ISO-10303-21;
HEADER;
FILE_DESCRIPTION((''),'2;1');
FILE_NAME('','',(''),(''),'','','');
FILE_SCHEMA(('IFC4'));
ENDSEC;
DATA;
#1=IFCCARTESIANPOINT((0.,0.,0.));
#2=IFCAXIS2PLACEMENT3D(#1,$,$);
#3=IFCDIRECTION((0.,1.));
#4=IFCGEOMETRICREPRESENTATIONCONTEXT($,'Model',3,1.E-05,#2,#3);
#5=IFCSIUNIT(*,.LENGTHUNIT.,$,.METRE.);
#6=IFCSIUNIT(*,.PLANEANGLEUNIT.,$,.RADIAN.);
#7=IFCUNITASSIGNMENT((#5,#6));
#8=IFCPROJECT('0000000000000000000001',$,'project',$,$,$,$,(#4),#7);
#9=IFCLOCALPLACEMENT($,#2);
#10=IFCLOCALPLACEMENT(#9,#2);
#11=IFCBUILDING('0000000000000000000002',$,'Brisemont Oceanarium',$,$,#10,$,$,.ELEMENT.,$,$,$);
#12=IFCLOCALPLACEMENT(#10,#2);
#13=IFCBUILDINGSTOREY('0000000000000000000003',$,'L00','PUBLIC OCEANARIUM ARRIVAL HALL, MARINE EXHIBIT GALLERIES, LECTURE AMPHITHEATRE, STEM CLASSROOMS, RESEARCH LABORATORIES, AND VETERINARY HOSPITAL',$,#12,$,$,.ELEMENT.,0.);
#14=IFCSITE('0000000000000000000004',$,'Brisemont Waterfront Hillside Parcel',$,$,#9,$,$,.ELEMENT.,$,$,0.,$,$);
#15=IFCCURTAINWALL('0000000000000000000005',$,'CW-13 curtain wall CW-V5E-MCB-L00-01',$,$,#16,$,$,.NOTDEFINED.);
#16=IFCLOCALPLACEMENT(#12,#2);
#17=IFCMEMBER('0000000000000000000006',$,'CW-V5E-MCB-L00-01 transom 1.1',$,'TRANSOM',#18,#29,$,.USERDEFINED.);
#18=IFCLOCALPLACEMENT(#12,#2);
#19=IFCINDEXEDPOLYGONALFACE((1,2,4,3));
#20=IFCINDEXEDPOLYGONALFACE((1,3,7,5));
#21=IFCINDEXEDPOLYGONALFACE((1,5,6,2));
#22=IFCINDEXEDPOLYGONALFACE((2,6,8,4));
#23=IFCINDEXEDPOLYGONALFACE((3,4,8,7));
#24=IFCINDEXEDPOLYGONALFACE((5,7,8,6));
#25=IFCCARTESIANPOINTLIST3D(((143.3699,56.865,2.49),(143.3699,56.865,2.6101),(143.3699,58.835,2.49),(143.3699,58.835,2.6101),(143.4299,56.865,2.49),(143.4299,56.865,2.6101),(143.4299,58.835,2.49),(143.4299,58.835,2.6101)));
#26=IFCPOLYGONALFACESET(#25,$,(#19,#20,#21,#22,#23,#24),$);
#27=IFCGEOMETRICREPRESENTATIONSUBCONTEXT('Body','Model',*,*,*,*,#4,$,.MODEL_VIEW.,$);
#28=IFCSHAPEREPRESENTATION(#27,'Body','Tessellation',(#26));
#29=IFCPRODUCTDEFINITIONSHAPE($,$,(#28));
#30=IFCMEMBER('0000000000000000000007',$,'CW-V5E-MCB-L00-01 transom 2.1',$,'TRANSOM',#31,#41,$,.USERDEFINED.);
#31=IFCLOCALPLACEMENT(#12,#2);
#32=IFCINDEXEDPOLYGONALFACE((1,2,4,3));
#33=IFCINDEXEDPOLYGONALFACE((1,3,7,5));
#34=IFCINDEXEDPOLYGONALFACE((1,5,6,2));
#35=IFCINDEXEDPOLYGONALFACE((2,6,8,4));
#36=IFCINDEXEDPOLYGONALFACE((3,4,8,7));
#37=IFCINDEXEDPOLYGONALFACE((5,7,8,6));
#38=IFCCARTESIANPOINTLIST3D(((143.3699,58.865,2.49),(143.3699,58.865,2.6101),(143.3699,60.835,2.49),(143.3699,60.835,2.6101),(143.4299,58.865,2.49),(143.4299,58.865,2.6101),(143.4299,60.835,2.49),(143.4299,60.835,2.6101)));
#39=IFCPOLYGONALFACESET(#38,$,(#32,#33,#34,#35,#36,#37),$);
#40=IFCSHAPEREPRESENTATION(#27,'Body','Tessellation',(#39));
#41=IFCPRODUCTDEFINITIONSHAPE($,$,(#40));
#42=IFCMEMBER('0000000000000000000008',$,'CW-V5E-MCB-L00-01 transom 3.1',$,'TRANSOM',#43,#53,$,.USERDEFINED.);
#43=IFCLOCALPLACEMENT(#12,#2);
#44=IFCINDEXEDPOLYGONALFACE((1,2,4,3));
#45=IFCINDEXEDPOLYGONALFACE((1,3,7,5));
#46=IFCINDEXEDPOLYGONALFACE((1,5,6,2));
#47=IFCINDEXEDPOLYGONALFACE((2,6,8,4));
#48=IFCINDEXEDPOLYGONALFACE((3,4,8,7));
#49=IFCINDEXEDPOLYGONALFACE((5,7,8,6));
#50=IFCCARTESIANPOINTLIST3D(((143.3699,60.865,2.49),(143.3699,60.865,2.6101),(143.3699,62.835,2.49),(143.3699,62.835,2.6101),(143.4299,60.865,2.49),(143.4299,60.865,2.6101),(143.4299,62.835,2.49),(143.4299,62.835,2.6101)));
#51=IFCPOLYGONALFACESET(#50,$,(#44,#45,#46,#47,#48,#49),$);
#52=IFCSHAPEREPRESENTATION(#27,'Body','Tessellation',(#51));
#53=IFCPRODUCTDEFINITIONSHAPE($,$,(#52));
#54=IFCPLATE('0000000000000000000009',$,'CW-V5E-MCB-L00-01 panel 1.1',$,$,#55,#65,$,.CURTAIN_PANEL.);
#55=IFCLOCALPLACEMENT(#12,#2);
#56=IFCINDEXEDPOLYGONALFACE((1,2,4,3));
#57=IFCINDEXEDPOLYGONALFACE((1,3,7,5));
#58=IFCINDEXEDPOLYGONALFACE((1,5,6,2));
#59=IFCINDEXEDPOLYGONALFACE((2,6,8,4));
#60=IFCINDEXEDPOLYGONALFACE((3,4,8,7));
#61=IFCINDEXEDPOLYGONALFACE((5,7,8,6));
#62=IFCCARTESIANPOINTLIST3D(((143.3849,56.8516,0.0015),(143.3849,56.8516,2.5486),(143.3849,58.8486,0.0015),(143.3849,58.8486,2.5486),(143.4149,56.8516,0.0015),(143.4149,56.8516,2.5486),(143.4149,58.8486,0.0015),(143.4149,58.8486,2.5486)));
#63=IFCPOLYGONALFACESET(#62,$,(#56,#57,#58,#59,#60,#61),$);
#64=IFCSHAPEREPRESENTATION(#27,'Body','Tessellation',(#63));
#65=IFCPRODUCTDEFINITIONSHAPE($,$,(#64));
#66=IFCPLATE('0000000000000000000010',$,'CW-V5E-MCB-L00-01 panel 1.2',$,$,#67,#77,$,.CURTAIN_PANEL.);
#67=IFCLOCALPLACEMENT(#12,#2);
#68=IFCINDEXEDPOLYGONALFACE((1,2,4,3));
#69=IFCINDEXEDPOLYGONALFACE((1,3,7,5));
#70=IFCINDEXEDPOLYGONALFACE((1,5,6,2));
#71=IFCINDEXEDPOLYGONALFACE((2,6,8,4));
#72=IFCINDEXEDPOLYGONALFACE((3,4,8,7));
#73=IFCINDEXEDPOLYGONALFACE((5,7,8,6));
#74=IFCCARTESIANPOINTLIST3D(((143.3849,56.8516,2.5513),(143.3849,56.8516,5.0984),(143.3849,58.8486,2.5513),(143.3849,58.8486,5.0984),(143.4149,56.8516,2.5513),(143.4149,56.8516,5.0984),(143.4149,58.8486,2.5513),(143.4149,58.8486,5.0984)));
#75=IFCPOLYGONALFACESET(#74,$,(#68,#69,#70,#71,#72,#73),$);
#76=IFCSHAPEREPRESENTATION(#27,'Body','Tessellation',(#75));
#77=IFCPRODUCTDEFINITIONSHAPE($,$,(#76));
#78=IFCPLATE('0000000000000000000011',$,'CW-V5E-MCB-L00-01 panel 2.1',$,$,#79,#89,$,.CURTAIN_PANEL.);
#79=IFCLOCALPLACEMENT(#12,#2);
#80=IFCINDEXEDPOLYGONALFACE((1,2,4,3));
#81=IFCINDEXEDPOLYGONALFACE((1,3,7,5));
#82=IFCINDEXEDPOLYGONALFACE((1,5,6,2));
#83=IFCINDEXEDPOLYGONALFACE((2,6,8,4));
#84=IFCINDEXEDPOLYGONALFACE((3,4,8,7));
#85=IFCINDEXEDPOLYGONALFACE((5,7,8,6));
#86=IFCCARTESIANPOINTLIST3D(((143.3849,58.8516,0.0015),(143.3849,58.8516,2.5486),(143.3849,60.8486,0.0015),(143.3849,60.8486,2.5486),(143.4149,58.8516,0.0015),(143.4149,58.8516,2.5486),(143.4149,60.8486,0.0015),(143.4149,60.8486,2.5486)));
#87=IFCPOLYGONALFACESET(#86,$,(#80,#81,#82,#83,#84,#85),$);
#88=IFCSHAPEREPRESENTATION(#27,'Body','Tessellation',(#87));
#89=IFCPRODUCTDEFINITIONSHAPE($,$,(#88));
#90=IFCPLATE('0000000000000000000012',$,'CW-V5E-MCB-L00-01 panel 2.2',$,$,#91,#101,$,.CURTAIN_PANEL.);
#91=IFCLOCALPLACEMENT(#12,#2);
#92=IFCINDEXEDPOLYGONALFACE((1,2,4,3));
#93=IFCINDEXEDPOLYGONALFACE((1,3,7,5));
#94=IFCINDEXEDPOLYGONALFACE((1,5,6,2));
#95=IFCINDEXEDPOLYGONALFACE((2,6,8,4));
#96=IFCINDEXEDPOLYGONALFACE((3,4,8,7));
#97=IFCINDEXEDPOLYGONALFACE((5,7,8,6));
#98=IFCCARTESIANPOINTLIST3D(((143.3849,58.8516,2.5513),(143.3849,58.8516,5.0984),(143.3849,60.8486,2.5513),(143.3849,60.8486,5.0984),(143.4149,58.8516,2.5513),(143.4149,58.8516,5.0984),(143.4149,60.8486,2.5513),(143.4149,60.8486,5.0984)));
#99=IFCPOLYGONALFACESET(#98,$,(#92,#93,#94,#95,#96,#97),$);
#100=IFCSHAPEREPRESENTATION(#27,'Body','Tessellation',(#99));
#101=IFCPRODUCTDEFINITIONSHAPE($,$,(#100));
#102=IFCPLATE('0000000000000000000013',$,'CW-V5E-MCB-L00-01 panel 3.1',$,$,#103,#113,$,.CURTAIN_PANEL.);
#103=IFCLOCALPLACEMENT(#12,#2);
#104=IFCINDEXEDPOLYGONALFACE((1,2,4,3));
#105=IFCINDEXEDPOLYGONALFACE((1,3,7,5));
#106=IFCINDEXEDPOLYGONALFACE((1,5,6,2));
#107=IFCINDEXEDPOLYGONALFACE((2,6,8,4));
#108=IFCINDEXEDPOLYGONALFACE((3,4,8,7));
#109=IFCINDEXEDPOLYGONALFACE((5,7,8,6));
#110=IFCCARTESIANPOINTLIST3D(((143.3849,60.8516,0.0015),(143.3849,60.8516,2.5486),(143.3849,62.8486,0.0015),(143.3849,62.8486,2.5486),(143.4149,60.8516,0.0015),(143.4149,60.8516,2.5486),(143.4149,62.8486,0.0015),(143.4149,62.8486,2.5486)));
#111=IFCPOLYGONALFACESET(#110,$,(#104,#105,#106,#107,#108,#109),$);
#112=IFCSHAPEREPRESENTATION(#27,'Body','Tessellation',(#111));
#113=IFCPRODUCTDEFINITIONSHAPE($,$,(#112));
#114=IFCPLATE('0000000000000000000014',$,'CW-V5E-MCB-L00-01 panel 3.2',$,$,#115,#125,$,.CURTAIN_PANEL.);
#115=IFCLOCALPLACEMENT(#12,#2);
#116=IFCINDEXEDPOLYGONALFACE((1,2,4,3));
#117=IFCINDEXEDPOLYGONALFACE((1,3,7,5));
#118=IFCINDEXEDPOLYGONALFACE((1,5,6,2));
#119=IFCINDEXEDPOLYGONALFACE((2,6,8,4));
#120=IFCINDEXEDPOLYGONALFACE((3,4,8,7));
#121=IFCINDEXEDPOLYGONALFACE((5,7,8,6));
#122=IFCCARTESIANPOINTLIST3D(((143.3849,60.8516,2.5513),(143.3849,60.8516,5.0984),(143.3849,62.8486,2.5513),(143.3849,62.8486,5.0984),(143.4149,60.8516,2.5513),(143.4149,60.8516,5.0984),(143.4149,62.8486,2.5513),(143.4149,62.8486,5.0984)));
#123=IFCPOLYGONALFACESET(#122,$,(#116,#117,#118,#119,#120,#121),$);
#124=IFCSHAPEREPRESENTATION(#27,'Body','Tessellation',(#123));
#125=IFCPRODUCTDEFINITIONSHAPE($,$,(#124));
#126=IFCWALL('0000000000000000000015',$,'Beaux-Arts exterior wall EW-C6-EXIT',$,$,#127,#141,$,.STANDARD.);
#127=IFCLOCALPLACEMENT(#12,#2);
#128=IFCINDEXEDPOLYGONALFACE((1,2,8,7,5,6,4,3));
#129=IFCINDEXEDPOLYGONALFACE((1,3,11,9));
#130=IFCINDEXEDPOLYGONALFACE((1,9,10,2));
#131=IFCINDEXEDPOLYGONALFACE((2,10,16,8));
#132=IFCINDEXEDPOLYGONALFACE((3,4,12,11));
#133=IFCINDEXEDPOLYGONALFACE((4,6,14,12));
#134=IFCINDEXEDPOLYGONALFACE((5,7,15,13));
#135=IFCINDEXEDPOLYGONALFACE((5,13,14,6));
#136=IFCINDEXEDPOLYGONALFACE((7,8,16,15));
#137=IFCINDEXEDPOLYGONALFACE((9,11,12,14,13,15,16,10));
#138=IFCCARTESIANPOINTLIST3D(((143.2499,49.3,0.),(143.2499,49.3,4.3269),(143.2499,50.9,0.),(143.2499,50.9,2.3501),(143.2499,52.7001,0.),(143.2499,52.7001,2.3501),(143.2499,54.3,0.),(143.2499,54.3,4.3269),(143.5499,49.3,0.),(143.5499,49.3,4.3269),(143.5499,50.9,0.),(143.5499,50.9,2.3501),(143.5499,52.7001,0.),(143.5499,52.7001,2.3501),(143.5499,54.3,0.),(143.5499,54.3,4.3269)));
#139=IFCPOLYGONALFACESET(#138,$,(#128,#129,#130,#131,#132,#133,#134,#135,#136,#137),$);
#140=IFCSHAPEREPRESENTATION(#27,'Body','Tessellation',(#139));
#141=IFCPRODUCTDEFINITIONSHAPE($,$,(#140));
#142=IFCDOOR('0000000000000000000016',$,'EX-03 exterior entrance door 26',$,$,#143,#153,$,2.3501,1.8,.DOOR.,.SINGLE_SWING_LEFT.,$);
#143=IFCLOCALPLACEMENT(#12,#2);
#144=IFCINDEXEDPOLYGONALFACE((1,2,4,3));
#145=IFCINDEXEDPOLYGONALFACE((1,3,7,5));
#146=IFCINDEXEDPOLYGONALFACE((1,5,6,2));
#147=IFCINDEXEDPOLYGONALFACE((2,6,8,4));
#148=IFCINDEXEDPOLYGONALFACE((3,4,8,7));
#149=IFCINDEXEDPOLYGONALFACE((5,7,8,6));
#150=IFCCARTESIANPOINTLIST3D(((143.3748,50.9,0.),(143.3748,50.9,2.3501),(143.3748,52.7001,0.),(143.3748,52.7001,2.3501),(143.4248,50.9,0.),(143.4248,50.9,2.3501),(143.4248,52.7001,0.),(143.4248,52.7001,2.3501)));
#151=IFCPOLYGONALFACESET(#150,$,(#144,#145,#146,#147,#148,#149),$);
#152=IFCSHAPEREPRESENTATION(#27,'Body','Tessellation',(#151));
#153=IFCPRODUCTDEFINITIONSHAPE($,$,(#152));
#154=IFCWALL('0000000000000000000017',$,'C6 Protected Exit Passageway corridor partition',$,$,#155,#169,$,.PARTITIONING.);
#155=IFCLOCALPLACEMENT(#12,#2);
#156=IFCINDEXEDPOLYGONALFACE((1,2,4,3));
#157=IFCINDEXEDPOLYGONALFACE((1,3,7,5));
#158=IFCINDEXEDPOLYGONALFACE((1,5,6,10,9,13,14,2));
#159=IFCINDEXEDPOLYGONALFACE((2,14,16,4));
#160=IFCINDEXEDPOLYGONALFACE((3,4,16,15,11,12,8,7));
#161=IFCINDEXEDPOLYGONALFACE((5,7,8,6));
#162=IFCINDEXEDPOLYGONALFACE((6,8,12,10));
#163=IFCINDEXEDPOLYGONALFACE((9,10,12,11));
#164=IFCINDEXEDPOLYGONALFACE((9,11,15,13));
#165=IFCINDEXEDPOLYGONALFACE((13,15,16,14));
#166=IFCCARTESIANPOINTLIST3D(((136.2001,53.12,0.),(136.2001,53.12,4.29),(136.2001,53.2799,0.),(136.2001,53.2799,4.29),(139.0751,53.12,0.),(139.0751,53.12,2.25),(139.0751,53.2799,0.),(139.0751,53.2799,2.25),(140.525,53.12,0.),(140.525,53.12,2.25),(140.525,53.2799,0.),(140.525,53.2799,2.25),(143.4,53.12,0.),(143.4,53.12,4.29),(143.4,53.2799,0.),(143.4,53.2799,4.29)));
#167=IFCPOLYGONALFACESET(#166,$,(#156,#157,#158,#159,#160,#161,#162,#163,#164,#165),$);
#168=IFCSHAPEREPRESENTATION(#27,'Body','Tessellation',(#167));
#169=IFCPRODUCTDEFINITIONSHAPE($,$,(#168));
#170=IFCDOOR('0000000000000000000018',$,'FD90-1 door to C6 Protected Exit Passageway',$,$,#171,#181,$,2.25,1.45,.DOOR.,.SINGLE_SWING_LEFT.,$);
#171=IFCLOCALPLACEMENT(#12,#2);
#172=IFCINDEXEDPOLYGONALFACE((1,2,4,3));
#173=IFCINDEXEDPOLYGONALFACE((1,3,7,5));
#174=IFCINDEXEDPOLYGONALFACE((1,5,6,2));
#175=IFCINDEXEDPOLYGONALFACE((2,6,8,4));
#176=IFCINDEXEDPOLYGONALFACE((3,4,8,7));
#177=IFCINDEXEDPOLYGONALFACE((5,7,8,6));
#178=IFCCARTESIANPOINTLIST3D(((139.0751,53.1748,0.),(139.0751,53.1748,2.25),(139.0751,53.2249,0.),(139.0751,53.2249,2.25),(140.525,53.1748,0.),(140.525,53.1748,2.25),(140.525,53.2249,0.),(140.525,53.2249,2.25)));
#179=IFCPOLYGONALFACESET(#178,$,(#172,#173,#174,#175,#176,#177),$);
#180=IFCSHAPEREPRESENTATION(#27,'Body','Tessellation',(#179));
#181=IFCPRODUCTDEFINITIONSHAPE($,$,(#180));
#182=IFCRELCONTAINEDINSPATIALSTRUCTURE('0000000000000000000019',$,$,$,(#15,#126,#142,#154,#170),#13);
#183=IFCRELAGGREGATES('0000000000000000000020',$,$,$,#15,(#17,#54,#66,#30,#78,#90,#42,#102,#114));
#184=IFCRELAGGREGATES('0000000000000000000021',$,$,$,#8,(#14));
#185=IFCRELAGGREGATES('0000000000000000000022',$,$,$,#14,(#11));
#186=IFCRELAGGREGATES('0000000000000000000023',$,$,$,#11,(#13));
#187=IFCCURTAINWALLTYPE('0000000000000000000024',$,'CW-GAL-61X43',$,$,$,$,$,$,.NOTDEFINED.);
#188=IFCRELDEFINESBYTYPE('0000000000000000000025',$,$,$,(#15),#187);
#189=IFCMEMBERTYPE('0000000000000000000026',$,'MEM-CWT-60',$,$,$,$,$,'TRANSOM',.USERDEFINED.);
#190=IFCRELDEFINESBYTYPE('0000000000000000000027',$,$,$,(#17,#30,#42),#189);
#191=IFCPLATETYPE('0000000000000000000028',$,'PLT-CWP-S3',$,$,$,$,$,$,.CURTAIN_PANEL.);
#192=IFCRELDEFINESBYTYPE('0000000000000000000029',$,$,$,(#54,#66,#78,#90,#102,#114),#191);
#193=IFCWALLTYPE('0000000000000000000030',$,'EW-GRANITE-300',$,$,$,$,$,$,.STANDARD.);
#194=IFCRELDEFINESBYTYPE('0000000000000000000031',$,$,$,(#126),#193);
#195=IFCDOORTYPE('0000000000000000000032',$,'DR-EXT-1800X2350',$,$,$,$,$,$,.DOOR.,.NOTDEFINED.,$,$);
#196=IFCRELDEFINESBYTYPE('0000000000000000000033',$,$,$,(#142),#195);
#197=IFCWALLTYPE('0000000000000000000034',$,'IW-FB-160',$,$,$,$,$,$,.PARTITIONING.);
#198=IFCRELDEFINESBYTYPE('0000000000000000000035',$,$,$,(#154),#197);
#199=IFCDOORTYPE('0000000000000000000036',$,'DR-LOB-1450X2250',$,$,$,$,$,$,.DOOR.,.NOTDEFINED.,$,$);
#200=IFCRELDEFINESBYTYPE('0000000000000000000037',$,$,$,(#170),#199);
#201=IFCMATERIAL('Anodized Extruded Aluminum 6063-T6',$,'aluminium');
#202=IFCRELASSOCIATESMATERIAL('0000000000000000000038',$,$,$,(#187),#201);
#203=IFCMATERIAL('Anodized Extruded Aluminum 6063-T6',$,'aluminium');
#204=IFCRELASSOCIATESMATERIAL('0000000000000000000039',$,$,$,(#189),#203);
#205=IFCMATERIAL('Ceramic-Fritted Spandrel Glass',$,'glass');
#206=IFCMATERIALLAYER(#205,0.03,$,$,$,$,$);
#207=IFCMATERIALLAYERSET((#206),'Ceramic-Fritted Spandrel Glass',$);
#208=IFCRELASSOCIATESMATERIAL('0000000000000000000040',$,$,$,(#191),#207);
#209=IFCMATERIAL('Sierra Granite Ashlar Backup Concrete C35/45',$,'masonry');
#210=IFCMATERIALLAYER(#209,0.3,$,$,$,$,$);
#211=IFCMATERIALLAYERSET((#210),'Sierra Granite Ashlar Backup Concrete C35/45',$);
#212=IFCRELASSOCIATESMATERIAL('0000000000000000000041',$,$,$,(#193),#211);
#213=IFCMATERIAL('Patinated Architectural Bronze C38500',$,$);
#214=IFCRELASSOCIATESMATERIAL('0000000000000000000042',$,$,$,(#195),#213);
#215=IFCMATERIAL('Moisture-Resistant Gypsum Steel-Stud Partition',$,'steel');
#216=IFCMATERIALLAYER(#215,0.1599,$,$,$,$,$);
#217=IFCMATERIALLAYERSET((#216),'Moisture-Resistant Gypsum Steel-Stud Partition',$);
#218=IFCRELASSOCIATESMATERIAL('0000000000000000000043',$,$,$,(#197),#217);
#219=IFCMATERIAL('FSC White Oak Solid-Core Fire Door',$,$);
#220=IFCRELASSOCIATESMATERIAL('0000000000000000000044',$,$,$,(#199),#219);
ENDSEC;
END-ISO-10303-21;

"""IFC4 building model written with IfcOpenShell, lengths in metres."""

from ifc_helpers import new_model, si_unit, direction, frame, frame_2d, origin, origin_2d, place, context, subcontext, project, spatial, rectangle, extrude, material, layer, layer_set, material_profile, profile_set, type_object, element, fill, aggregate, save


model = new_model("IFC4")

# Units and contexts
model_context = context("Model", 3, precision=1e-05, world=origin(), true_north=direction((0.0, 1.0)))
body_context = subcontext(model_context, "Body", "Model", "MODEL_VIEW")
ifc_project = project(units=[si_unit("LENGTHUNIT", "METRE"), si_unit("PLANEANGLEUNIT", "RADIAN")], contexts=[model_context])

# Site, building, storey
site_placement = place(None, origin())
site = spatial("IfcSite", under=ifc_project, at=site_placement, Name="Brisemont Waterfront Hillside Parcel", CompositionType="ELEMENT", RefElevation=0.0)
building_placement = place(site_placement, origin())
building = spatial("IfcBuilding", under=site, at=building_placement, Name="Brisemont Oceanarium", CompositionType="ELEMENT")
storey_placement = place(building_placement, origin())
storey = spatial("IfcBuildingStorey", under=building, at=storey_placement, Name="L00", Description="PUBLIC OCEANARIUM ARRIVAL HALL, MARINE EXHIBIT GALLERIES, LECTURE AMPHITHEATRE, STEM CLASSROOMS, RESEARCH LABORATORIES, AND VETERINARY HOSPITAL", CompositionType="ELEMENT", Elevation=0.0)

# Curtain wall, members, plates
ifc_material_1 = material(Name="Anodized Extruded Aluminum 6063-T6", Category="aluminium")
curtain_wall_type = type_object("IfcCurtainWallType", Name="CW-GAL-61X43", PredefinedType="NOTDEFINED", material=ifc_material_1)
curtain_wall_placement = place(storey_placement, origin())
curtain_wall = element("IfcCurtainWall", 1, at=curtain_wall_placement, inside=storey, type_object=curtain_wall_type, Name="CW-13 curtain wall CW-V5E-MCB-L00-01", PredefinedType="NOTDEFINED")
ifc_material_2 = material(Name="Anodized Extruded Aluminum 6063-T6", Category="aluminium")
ifc_material_profile_1 = material_profile(ifc_material_2, rectangle(XDim=0.0601, YDim=0.1201, at=origin_2d()), Name="CWT-60X120")
ifc_profile_set_1 = profile_set([ifc_material_profile_1], Name="Anodized Extruded Aluminum 6063-T6")
member_type_1 = type_object("IfcMemberType", Name="MEM-CWT-60", ElementType="TRANSOM", PredefinedType="USERDEFINED", material=ifc_profile_set_1)
member_1_placement = place(storey_placement, frame((143.3999, 56.865, 2.55), z_axis=(0.0, 1.0, 0.0), x_axis=(-1.0, 0.0, 0.0)))
member_1 = element("IfcMember", 2, at=member_1_placement, type_object=member_type_1, Name="CW-V5E-MCB-L00-01 transom 1.1", ObjectType="TRANSOM", PredefinedType="USERDEFINED", context=body_context, shape_type="SweptSolid", body=[
    extrude(rectangle(XDim=0.0601, YDim=0.1201, at=origin_2d()), origin(), (0.0, 0.0, 1.0), 1.97),
])
member_2_placement = place(storey_placement, frame((143.3999, 58.865, 2.55), z_axis=(0.0, 1.0, 0.0), x_axis=(-1.0, 0.0, 0.0)))
member_2 = element("IfcMember", 3, at=member_2_placement, type_object=member_type_1, Name="CW-V5E-MCB-L00-01 transom 2.1", ObjectType="TRANSOM", PredefinedType="USERDEFINED", context=body_context, shape_type="SweptSolid", body=[
    extrude(rectangle(XDim=0.0601, YDim=0.1201, at=origin_2d()), origin(), (0.0, 0.0, 1.0), 1.97),
])
member_3_placement = place(storey_placement, frame((143.3999, 60.865, 2.55), z_axis=(0.0, 1.0, 0.0), x_axis=(-1.0, 0.0, 0.0)))
member_3 = element("IfcMember", 4, at=member_3_placement, type_object=member_type_1, Name="CW-V5E-MCB-L00-01 transom 3.1", ObjectType="TRANSOM", PredefinedType="USERDEFINED", context=body_context, shape_type="SweptSolid", body=[
    extrude(rectangle(XDim=0.0601, YDim=0.1201, at=origin_2d()), origin(), (0.0, 0.0, 1.0), 1.97),
])
ifc_material_3 = material(Name="Ceramic-Fritted Spandrel Glass", Category="glass")
ifc_layer_1 = layer(ifc_material_3, 0.03)
ifc_layer_set_1 = layer_set([ifc_layer_1], Name="Ceramic-Fritted Spandrel Glass")
plate_type = type_object("IfcPlateType", Name="PLT-CWP-S3", PredefinedType="CURTAIN_PANEL", material=ifc_layer_set_1)
plate_1_placement = place(storey_placement, frame((143.3999, 57.8501, 0.0015), z_axis=(0.0, 0.0, 1.0), x_axis=(0.0, 1.0, 0.0)))
plate_1 = element("IfcPlate", 5, at=plate_1_placement, type_object=plate_type, Name="CW-V5E-MCB-L00-01 panel 1.1", PredefinedType="CURTAIN_PANEL", context=body_context, shape_type="SweptSolid", body=[
    extrude(rectangle(XDim=1.9971, YDim=0.03, at=origin_2d()), origin(), (0.0, 0.0, 1.0), 2.5471),
])
plate_2_placement = place(storey_placement, frame((143.3999, 57.8501, 2.5513), z_axis=(0.0, 0.0, 1.0), x_axis=(0.0, 1.0, 0.0)))
plate_2 = element("IfcPlate", 6, at=plate_2_placement, type_object=plate_type, Name="CW-V5E-MCB-L00-01 panel 1.2", PredefinedType="CURTAIN_PANEL", context=body_context, shape_type="SweptSolid", body=[
    extrude(rectangle(XDim=1.9971, YDim=0.03, at=origin_2d()), origin(), (0.0, 0.0, 1.0), 2.5471),
])
plate_3_placement = place(storey_placement, frame((143.3999, 59.8501, 0.0015), z_axis=(0.0, 0.0, 1.0), x_axis=(0.0, 1.0, 0.0)))
plate_3 = element("IfcPlate", 7, at=plate_3_placement, type_object=plate_type, Name="CW-V5E-MCB-L00-01 panel 2.1", PredefinedType="CURTAIN_PANEL", context=body_context, shape_type="SweptSolid", body=[
    extrude(rectangle(XDim=1.9971, YDim=0.03, at=origin_2d()), origin(), (0.0, 0.0, 1.0), 2.5471),
])
plate_4_placement = place(storey_placement, frame((143.3999, 59.8501, 2.5513), z_axis=(0.0, 0.0, 1.0), x_axis=(0.0, 1.0, 0.0)))
plate_4 = element("IfcPlate", 8, at=plate_4_placement, type_object=plate_type, Name="CW-V5E-MCB-L00-01 panel 2.2", PredefinedType="CURTAIN_PANEL", context=body_context, shape_type="SweptSolid", body=[
    extrude(rectangle(XDim=1.9971, YDim=0.03, at=origin_2d()), origin(), (0.0, 0.0, 1.0), 2.5471),
])
plate_5_placement = place(storey_placement, frame((143.3999, 61.8501, 0.0015), z_axis=(0.0, 0.0, 1.0), x_axis=(0.0, 1.0, 0.0)))
plate_5 = element("IfcPlate", 9, at=plate_5_placement, type_object=plate_type, Name="CW-V5E-MCB-L00-01 panel 3.1", PredefinedType="CURTAIN_PANEL", context=body_context, shape_type="SweptSolid", body=[
    extrude(rectangle(XDim=1.9971, YDim=0.03, at=origin_2d()), origin(), (0.0, 0.0, 1.0), 2.5471),
])
plate_6_placement = place(storey_placement, frame((143.3999, 61.8501, 2.5513), z_axis=(0.0, 0.0, 1.0), x_axis=(0.0, 1.0, 0.0)))
plate_6 = element("IfcPlate", 10, at=plate_6_placement, type_object=plate_type, Name="CW-V5E-MCB-L00-01 panel 3.2", PredefinedType="CURTAIN_PANEL", context=body_context, shape_type="SweptSolid", body=[
    extrude(rectangle(XDim=1.9971, YDim=0.03, at=origin_2d()), origin(), (0.0, 0.0, 1.0), 2.5471),
])
aggregate(curtain_wall, [member_1, plate_1, plate_2, member_2, plate_3, plate_4, member_3, plate_5, plate_6])

# Walls, openings, doors
ifc_material_4 = material(Name="Sierra Granite Ashlar Backup Concrete C35/45", Category="masonry")
ifc_layer_2 = layer(ifc_material_4, 0.3)
ifc_layer_set_2 = layer_set([ifc_layer_2], Name="Sierra Granite Ashlar Backup Concrete C35/45")
wall_type_1 = type_object("IfcWallType", Name="EW-GRANITE-300", PredefinedType="STANDARD", material=ifc_layer_set_2)
wall_1_placement = place(storey_placement, frame((143.3999, 54.3, 0.0), z_axis=(0.0, 0.0, 1.0), x_axis=(0.0, -1.0, 0.0)))
wall_1 = element("IfcWall", 11, at=wall_1_placement, inside=storey, type_object=wall_type_1, Name="Beaux-Arts exterior wall EW-C6-EXIT", PredefinedType="STANDARD", context=body_context, shape_type="SweptSolid", body=[
    extrude(rectangle(XDim=5.0, YDim=0.3, at=frame_2d((2.5, 0.0))), origin(), (0.0, 0.0, 1.0), 4.3269),
])
opening_1_placement = place(wall_1_placement, frame((1.6001, 0.0, 0.0)))
opening_1 = element("IfcOpeningElement", 12, at=opening_1_placement, cuts=wall_1, PredefinedType="OPENING", context=body_context, shape_type="SweptSolid", body=[
    extrude(rectangle(XDim=1.8, YDim=2.3501, at=frame_2d((0.8999, 1.175))), frame((0.0, 0.1599, 0.0), z_axis=(0.0, -1.0, 0.0), x_axis=(1.0, 0.0, 0.0)), (0.0, 0.0, 1.0), 0.3201),
])
ifc_material_5 = material(Name="Patinated Architectural Bronze C38500")
door_type_1 = type_object("IfcDoorType", Name="DR-EXT-1800X2350", OperationType="NOTDEFINED", PredefinedType="DOOR", material=ifc_material_5)
door_1_placement = place(opening_1_placement, origin())
door_1 = element("IfcDoor", 13, at=door_1_placement, inside=storey, type_object=door_type_1, Name="EX-03 exterior entrance door 26", OperationType="SINGLE_SWING_LEFT", OverallHeight=2.3501, OverallWidth=1.8, PredefinedType="DOOR", context=body_context, shape_type="SweptSolid", body=[
    extrude(rectangle(XDim=1.8, YDim=2.3501, at=frame_2d((0.8999, 1.175))), frame((0.0, 0.0249, 0.0), z_axis=(0.0, -1.0, 0.0), x_axis=(1.0, 0.0, 0.0)), (0.0, 0.0, 1.0), 0.05),
])
fill(opening_1, door_1)
ifc_material_6 = material(Name="Moisture-Resistant Gypsum Steel-Stud Partition", Category="steel")
ifc_layer_3 = layer(ifc_material_6, 0.1599)
ifc_layer_set_3 = layer_set([ifc_layer_3], Name="Moisture-Resistant Gypsum Steel-Stud Partition")
wall_type_2 = type_object("IfcWallType", Name="IW-FB-160", PredefinedType="PARTITIONING", material=ifc_layer_set_3)
wall_2_placement = place(storey_placement, frame((136.2, 53.2, 0.0), z_axis=(0.0, 0.0, 1.0), x_axis=(1.0, 0.0, 0.0)))
wall_2 = element("IfcWall", 14, at=wall_2_placement, inside=storey, type_object=wall_type_2, Name="C6 Protected Exit Passageway corridor partition", PredefinedType="PARTITIONING", context=body_context, shape_type="SweptSolid", body=[
    extrude(rectangle(XDim=7.2, YDim=0.1599, at=frame_2d((3.6001, 0.0))), origin(), (0.0, 0.0, 1.0), 4.29),
])
opening_2_placement = place(wall_2_placement, frame((2.875, 0.0, 0.0)))
opening_2 = element("IfcOpeningElement", 15, at=opening_2_placement, cuts=wall_2, PredefinedType="OPENING", context=body_context, shape_type="SweptSolid", body=[
    extrude(rectangle(XDim=1.45, YDim=2.25, at=frame_2d((0.7251, 1.125))), frame((0.0, 0.0898, 0.0), z_axis=(0.0, -1.0, 0.0), x_axis=(1.0, 0.0, 0.0)), (0.0, 0.0, 1.0), 0.1799),
])
ifc_material_7 = material(Name="FSC White Oak Solid-Core Fire Door")
door_type_2 = type_object("IfcDoorType", Name="DR-LOB-1450X2250", OperationType="NOTDEFINED", PredefinedType="DOOR", material=ifc_material_7)
door_2_placement = place(opening_2_placement, origin())
door_2 = element("IfcDoor", 16, at=door_2_placement, inside=storey, type_object=door_type_2, Name="FD90-1 door to C6 Protected Exit Passageway", OperationType="SINGLE_SWING_LEFT", OverallHeight=2.25, OverallWidth=1.45, PredefinedType="DOOR", context=body_context, shape_type="SweptSolid", body=[
    extrude(rectangle(XDim=1.45, YDim=2.25, at=frame_2d((0.7251, 1.125))), frame((0.0, 0.0249, 0.0), z_axis=(0.0, -1.0, 0.0), x_axis=(1.0, 0.0, 0.0)), (0.0, 0.0, 1.0), 0.05),
])
fill(opening_2, door_2)

save(model, "model.ifc")
